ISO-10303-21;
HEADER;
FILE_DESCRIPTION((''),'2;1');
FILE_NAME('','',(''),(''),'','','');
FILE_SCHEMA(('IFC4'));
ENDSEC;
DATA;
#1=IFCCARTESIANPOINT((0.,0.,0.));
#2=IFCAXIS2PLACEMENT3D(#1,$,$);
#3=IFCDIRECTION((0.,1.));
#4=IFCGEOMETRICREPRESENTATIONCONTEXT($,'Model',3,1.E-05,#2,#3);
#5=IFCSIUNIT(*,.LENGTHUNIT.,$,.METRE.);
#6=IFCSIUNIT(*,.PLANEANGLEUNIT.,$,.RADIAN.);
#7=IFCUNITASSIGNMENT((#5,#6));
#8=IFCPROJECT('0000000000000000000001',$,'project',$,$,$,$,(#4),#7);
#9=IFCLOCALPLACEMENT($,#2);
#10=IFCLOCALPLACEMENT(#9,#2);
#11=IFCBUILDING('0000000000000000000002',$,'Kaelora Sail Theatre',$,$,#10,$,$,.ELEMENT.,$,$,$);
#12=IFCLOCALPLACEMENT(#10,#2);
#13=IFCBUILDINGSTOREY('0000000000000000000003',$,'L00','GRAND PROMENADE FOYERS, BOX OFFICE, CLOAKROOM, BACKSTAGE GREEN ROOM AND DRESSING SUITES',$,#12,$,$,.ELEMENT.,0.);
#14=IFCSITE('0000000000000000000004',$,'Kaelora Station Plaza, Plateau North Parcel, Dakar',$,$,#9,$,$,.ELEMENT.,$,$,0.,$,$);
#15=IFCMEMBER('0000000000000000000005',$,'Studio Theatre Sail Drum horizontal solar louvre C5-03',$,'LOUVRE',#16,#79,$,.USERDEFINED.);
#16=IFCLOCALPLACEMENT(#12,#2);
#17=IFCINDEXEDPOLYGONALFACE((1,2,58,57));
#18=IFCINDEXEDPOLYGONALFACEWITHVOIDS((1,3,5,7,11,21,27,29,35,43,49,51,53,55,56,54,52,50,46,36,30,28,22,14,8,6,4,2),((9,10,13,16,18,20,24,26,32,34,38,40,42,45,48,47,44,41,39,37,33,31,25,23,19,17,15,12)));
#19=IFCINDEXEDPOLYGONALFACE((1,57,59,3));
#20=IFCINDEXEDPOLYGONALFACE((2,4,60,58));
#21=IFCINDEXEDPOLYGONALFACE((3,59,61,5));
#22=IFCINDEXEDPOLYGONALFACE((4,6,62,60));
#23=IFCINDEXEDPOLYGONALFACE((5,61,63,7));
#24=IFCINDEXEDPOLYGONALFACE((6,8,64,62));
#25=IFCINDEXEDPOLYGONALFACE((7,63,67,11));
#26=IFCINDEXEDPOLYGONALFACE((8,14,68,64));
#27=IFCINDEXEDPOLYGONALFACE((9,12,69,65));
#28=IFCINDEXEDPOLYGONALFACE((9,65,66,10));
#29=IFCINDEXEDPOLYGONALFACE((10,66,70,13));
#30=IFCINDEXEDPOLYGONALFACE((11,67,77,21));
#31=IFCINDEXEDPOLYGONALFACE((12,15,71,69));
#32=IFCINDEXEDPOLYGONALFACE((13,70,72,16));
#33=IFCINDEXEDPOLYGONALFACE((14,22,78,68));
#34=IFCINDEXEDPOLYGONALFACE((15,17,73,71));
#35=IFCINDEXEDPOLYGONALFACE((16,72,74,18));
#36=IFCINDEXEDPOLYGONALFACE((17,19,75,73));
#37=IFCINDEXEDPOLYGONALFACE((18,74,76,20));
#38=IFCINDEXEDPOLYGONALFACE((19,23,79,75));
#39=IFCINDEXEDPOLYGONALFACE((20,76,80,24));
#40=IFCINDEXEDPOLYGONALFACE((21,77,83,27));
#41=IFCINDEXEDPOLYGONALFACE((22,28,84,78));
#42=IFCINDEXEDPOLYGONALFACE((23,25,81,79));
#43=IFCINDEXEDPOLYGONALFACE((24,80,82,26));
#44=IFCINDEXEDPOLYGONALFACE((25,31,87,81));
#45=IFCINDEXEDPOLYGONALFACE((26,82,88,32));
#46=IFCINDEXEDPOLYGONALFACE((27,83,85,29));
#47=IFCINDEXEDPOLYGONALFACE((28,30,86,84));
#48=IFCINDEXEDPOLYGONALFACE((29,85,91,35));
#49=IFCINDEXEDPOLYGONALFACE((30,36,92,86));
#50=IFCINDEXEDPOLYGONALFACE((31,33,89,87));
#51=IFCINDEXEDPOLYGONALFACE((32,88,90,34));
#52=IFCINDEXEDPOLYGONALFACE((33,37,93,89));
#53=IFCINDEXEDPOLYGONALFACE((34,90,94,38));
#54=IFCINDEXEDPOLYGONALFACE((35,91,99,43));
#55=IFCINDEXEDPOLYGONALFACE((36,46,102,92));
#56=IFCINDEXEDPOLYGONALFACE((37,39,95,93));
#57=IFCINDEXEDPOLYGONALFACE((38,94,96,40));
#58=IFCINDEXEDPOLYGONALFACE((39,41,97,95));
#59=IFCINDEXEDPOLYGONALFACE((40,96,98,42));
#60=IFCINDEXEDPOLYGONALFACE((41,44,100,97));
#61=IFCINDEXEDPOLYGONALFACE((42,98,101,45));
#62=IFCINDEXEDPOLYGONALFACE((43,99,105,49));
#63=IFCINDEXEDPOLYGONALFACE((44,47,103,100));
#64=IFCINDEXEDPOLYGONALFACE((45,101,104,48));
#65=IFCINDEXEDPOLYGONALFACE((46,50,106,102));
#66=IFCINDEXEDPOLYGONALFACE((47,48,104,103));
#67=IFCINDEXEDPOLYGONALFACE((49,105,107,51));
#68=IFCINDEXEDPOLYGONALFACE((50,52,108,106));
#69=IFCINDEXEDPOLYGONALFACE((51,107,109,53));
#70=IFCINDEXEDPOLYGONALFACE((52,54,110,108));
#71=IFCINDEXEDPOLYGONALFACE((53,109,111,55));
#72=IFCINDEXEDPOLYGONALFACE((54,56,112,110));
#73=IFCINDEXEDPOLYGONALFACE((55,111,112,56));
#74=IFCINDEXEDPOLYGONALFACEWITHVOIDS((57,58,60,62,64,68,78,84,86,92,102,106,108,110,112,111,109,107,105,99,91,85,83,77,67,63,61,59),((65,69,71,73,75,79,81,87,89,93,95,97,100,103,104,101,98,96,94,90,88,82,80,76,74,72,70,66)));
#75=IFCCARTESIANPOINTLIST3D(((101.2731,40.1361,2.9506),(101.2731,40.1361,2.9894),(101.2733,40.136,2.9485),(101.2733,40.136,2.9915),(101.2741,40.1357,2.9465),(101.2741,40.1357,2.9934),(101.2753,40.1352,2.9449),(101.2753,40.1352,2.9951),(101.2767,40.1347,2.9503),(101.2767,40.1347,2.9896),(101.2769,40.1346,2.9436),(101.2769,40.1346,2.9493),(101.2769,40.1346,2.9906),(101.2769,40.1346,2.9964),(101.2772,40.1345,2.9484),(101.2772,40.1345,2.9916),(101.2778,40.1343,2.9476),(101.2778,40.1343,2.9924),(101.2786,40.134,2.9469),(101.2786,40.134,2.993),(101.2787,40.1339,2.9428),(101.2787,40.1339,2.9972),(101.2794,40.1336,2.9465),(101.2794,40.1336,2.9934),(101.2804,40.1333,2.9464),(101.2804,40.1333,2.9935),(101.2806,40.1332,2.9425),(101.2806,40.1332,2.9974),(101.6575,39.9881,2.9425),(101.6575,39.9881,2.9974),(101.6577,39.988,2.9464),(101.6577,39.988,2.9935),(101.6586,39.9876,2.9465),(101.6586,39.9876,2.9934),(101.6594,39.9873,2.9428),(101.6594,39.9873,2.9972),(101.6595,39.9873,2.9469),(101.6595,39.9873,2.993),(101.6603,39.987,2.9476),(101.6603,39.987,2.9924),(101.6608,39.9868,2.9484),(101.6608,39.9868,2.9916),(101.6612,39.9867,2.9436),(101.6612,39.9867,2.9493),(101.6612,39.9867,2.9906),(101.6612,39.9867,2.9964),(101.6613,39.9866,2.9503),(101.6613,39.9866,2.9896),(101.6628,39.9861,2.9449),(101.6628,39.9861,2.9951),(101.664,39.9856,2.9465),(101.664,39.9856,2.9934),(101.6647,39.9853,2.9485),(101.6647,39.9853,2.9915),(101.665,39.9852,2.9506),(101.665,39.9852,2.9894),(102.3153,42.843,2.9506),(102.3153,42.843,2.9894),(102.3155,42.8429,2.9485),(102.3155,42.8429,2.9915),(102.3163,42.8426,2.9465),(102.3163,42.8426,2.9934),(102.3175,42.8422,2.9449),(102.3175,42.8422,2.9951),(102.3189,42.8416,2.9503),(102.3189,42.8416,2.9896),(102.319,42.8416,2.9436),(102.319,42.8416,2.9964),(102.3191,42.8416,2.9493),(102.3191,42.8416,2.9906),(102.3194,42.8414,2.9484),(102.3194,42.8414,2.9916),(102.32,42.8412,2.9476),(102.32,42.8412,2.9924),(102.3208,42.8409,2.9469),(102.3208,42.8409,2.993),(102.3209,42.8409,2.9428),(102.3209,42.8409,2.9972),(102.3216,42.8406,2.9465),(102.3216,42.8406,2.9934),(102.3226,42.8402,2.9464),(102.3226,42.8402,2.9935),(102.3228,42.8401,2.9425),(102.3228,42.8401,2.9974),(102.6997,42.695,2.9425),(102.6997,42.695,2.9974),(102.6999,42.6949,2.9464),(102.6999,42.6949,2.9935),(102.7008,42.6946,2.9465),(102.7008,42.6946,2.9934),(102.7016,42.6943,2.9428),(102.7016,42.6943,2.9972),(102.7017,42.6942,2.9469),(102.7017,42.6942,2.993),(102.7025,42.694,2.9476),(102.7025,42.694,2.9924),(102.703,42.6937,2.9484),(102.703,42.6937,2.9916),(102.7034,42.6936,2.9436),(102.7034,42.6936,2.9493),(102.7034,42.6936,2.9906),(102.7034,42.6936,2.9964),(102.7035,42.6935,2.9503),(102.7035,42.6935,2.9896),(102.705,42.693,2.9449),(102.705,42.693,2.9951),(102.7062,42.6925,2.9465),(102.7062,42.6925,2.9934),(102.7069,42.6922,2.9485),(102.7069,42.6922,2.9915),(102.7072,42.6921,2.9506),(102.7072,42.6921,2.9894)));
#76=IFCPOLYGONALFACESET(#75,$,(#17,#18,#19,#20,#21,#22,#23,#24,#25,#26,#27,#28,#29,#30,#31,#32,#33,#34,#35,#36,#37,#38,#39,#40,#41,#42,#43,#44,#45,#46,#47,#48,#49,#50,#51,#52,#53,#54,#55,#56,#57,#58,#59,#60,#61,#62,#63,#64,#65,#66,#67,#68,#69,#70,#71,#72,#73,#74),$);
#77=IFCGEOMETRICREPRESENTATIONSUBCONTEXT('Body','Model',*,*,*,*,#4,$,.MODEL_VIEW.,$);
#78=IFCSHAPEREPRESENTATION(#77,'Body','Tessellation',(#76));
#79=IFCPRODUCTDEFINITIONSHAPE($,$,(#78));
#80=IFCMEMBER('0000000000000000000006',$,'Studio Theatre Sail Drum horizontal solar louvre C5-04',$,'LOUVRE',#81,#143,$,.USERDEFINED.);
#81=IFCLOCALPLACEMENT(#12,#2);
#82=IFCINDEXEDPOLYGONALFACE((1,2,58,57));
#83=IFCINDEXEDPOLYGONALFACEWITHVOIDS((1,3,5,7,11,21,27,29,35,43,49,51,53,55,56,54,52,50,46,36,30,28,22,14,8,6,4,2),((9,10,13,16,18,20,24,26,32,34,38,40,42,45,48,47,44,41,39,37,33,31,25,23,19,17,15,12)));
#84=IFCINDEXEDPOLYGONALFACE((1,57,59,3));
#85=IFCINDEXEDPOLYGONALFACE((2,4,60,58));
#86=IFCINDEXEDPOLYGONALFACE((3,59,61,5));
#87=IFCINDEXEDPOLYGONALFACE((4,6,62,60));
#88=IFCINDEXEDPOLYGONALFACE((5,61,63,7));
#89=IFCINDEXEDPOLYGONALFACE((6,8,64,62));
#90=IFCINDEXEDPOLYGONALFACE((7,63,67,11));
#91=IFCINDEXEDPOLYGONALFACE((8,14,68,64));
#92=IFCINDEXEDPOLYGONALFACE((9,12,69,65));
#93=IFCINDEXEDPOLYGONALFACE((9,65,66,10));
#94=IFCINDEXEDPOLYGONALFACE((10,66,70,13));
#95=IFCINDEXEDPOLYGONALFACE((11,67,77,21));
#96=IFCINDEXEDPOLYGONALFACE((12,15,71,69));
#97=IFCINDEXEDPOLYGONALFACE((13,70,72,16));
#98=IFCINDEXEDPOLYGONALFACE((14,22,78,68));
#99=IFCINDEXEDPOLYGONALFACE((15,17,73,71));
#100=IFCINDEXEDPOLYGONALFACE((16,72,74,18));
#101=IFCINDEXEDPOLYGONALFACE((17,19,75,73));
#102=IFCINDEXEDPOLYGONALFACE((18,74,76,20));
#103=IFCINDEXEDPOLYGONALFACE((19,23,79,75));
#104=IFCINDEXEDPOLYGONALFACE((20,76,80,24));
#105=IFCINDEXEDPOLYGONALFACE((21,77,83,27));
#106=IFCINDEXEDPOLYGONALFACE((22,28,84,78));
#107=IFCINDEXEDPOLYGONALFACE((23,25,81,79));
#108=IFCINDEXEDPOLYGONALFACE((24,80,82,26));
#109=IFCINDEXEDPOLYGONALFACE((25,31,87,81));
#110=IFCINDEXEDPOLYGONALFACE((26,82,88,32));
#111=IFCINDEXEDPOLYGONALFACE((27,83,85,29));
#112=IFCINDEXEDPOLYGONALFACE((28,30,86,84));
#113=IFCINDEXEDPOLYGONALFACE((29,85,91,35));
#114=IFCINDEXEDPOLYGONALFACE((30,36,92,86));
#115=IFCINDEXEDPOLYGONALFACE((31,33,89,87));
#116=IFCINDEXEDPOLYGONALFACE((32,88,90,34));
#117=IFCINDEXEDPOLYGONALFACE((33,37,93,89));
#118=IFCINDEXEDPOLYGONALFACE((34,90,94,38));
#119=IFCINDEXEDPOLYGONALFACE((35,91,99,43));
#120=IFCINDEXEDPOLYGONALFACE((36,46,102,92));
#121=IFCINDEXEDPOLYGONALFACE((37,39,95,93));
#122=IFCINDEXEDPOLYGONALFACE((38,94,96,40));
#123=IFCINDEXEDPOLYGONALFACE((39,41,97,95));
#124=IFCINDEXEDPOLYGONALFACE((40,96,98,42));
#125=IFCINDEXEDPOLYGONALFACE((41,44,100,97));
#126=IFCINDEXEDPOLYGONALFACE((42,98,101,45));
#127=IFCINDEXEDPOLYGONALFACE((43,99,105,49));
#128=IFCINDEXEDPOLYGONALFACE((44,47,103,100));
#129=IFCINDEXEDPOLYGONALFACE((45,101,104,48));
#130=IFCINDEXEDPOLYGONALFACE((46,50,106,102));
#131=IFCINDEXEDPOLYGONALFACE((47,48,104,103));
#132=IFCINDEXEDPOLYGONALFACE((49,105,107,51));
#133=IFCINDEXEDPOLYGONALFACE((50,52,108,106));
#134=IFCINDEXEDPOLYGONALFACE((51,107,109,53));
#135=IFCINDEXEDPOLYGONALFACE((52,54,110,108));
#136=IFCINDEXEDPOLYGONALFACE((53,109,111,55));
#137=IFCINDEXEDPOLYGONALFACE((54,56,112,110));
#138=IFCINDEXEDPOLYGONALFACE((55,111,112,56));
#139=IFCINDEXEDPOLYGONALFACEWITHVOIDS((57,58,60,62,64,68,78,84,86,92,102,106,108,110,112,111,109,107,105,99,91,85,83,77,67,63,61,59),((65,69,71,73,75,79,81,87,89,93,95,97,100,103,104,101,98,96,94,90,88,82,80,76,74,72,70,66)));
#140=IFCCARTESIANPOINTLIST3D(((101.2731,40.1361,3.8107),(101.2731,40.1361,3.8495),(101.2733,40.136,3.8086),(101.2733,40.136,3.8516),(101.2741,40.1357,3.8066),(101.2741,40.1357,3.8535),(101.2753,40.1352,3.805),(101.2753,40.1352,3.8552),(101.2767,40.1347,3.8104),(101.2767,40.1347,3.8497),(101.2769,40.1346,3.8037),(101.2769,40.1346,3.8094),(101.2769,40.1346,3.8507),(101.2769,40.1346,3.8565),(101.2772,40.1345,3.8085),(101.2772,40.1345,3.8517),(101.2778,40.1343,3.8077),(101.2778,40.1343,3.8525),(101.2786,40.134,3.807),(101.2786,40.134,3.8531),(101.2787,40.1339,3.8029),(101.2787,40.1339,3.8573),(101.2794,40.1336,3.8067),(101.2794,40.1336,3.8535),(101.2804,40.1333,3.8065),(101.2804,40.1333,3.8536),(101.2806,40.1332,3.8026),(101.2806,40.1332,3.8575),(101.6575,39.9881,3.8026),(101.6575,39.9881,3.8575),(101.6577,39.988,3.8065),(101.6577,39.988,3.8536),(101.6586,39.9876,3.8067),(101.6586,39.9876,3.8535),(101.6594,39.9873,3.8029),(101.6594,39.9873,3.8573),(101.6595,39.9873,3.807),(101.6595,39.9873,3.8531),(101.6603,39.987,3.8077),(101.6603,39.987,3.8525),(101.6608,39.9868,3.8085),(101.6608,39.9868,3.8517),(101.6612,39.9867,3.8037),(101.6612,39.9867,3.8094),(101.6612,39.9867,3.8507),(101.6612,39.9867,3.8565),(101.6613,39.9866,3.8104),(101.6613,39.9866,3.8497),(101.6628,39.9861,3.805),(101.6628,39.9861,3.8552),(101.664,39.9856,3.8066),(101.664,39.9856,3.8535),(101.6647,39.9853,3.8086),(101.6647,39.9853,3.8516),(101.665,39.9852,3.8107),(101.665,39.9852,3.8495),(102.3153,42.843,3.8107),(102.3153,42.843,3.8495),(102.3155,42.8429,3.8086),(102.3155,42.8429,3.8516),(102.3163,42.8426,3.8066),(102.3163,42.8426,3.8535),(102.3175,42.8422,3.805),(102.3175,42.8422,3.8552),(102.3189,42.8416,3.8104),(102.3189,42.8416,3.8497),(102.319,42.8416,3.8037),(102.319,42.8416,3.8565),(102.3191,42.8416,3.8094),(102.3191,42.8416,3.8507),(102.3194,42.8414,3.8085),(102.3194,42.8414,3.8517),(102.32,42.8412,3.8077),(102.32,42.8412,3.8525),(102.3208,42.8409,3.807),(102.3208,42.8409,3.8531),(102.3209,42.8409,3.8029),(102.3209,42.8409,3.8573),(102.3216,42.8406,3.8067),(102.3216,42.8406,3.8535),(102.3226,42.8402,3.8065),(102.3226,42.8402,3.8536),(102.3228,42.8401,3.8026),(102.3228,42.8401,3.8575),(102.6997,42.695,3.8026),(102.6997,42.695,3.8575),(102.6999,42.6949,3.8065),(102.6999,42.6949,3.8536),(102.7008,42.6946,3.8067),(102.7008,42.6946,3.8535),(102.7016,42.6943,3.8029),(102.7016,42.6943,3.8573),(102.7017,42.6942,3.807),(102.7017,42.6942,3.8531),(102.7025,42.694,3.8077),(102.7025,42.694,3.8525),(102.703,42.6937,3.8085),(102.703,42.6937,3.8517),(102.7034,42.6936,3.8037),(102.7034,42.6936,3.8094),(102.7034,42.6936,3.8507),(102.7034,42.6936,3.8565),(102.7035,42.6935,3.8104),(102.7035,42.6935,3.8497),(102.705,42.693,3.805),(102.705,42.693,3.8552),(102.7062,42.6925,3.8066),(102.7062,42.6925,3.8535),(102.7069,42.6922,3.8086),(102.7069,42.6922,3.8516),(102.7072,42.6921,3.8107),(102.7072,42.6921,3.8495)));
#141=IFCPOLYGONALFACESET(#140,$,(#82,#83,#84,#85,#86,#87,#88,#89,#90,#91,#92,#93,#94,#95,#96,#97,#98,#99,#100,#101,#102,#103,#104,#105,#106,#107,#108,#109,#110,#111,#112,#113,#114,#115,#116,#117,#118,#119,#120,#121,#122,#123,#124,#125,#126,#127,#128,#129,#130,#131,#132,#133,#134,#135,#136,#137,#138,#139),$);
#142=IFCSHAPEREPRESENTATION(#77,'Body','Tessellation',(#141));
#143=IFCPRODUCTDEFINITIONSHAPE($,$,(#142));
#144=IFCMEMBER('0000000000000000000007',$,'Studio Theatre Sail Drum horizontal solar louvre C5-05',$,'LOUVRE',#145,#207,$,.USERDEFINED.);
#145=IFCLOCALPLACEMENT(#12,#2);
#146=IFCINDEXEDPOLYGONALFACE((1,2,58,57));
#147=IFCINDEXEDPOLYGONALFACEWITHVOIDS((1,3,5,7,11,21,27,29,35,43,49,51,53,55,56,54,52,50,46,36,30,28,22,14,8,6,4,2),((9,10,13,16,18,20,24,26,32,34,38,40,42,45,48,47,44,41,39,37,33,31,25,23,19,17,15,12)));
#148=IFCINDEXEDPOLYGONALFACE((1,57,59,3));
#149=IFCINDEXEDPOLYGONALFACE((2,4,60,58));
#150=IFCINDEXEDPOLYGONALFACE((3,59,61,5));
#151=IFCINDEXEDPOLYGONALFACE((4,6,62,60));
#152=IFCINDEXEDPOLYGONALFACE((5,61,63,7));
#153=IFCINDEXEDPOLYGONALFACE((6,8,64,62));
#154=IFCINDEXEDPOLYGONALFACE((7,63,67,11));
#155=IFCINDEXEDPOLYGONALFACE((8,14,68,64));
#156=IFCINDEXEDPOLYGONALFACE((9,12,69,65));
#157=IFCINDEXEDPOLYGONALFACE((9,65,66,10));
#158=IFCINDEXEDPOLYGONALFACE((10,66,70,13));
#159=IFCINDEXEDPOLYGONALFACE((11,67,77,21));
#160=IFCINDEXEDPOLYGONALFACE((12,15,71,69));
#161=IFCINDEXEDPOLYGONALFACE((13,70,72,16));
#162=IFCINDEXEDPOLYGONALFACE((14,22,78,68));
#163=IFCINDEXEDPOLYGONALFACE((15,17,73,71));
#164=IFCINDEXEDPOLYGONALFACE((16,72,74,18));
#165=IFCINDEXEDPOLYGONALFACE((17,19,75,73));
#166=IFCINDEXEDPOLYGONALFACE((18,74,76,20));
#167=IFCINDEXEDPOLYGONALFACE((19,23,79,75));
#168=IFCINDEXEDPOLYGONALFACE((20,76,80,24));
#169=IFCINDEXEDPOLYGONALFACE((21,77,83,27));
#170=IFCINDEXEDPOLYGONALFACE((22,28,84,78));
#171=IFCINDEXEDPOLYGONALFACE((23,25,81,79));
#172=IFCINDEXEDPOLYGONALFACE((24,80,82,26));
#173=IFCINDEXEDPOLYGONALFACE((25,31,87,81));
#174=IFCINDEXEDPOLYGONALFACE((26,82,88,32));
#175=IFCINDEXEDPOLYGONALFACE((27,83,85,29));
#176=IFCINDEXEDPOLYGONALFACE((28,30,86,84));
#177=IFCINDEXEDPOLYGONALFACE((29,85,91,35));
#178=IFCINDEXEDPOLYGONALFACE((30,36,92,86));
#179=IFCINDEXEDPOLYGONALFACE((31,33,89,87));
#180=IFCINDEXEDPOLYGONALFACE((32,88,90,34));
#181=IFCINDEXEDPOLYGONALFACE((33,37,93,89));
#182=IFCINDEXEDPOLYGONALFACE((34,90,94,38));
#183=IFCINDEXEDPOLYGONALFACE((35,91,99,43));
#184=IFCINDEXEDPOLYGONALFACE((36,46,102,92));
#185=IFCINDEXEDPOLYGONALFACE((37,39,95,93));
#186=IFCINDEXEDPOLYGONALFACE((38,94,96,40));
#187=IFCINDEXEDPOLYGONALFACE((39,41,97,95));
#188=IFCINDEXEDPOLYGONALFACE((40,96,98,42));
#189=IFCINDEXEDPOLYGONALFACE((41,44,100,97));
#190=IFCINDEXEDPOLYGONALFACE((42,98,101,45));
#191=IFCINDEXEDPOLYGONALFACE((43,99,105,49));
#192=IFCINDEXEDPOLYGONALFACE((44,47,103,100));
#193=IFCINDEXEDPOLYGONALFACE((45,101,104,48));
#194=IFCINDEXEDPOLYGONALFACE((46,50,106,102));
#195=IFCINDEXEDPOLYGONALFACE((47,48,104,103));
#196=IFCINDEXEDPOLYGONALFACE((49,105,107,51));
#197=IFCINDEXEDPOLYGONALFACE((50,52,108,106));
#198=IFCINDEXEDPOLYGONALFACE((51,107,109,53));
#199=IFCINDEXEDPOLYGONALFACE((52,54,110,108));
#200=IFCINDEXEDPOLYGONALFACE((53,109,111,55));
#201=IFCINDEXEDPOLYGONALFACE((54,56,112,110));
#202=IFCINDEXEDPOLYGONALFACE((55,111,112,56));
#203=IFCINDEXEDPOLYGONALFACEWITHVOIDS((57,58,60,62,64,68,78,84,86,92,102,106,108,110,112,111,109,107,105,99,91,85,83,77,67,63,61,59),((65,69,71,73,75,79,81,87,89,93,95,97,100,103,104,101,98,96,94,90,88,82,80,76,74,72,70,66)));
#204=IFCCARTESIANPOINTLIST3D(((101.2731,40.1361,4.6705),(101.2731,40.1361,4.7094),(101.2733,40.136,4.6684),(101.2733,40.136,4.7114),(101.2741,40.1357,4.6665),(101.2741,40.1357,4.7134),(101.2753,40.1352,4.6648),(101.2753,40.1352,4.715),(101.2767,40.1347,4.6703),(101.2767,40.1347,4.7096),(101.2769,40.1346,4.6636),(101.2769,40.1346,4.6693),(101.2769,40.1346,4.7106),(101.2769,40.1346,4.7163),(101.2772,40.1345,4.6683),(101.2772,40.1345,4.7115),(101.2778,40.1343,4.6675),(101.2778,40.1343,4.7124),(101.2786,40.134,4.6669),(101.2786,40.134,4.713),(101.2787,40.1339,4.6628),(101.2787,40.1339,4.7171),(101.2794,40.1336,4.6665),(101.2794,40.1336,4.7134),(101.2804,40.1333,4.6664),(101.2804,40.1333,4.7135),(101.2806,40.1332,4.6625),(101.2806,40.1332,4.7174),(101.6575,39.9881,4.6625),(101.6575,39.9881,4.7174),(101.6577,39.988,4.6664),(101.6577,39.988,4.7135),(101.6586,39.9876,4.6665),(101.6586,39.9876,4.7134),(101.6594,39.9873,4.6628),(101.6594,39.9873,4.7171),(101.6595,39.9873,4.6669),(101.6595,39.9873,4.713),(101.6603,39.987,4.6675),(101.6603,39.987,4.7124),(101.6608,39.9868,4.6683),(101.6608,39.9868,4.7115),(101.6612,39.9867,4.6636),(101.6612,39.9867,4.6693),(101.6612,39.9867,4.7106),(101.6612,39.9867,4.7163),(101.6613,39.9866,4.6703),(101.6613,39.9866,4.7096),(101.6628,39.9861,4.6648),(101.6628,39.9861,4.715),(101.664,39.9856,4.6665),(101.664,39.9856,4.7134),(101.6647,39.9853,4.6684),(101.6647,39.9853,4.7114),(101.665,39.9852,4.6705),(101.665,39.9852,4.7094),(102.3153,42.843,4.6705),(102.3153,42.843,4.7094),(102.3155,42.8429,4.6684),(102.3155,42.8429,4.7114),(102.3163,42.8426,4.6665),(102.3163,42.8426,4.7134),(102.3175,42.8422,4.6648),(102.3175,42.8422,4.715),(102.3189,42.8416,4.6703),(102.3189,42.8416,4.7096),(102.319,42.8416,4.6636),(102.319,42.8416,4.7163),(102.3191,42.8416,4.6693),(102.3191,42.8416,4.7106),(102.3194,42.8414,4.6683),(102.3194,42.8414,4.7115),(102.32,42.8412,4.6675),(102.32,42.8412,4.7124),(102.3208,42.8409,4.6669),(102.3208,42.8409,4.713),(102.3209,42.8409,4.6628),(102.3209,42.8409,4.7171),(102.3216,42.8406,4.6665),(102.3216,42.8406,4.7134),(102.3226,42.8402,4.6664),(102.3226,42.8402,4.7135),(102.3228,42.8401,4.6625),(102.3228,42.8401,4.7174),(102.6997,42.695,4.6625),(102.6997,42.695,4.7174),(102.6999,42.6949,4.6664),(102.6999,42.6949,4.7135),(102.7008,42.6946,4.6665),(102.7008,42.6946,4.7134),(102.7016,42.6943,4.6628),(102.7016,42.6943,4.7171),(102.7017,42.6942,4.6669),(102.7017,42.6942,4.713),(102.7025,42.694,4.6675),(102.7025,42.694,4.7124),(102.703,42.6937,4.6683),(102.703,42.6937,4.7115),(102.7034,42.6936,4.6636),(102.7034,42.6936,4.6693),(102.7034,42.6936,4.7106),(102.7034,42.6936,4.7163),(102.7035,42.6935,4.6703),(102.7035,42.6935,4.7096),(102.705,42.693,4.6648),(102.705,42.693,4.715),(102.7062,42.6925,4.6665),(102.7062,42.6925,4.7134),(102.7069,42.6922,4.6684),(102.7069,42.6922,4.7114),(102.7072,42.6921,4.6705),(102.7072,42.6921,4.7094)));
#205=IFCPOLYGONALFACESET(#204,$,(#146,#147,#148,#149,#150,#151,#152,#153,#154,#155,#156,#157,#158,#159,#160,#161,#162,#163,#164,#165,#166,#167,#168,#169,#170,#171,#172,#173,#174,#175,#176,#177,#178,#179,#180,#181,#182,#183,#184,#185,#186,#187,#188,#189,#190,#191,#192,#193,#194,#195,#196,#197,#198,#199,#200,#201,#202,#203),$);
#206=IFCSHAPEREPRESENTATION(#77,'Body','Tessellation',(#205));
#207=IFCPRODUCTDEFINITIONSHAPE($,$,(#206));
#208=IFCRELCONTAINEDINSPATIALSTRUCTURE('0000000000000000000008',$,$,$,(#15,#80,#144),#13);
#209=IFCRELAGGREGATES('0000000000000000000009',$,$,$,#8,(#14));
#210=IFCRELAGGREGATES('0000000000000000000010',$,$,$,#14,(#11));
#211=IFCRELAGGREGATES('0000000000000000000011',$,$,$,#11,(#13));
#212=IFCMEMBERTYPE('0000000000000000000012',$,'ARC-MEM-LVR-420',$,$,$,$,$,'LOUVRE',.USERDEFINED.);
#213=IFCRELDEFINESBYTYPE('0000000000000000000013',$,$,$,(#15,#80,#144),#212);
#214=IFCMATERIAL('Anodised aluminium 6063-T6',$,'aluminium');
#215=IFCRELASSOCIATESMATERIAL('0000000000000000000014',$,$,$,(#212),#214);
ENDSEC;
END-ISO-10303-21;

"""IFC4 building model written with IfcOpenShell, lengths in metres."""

from ifc_helpers import new_model, si_unit, direction, frame, origin, origin_2d, place, context, subcontext, project, spatial, hollow_rectangle, extrude, material, material_profile, profile_set, type_object, element, save


model = new_model("IFC4")

# Units and contexts
model_context = context("Model", 3, precision=1e-05, world=origin(), true_north=direction((0.0, 1.0)))
body_context = subcontext(model_context, "Body", "Model", "MODEL_VIEW")
ifc_project = project(units=[si_unit("LENGTHUNIT", "METRE"), si_unit("PLANEANGLEUNIT", "RADIAN")], contexts=[model_context])

# Site, building, storey
site_placement = place(None, origin())
site = spatial("IfcSite", under=ifc_project, at=site_placement, Name="Kaelora Station Plaza, Plateau North Parcel, Dakar", CompositionType="ELEMENT", RefElevation=0.0)
building_placement = place(site_placement, origin())
building = spatial("IfcBuilding", under=site, at=building_placement, Name="Kaelora Sail Theatre", CompositionType="ELEMENT")
storey_placement = place(building_placement, origin())
storey = spatial("IfcBuildingStorey", under=building, at=storey_placement, Name="L00", Description="GRAND PROMENADE FOYERS, BOX OFFICE, CLOAKROOM, BACKSTAGE GREEN ROOM AND DRESSING SUITES", CompositionType="ELEMENT", Elevation=0.0)

# Members
ifc_material_1 = material(Name="Anodised aluminium 6063-T6", Category="aluminium")
ifc_material_profile_1 = material_profile(ifc_material_1, hollow_rectangle(XDim=0.4199, YDim=0.0549, WallThickness=0.0039, InnerFilletRadius=0.0039, OuterFilletRadius=0.0081, at=origin_2d()), Name="LOUVRE 420x55x4")
ifc_profile_set_1 = profile_set([ifc_material_profile_1], Name="Anodised aluminium 6063-T6")
member_type_1 = type_object("IfcMemberType", Name="ARC-MEM-LVR-420", ElementType="LOUVRE", PredefinedType="USERDEFINED", material=ifc_profile_set_1)
for number, where, z_axis, x_axis, name in (
    (1, (102.5112, 42.7676, 2.97), (-0.359301, -0.933222, 0.0), (0.933222, -0.359301, 0.0), "Studio Theatre Sail Drum horizontal solar louvre C5-03"),
    (2, (102.5112, 42.7676, 3.8301), (-0.359301, -0.933222, 0.0), (0.933222, -0.359301, 0.0), "Studio Theatre Sail Drum horizontal solar louvre C5-04"),
    (3, (102.5112, 42.7676, 4.6899), (-0.359301, -0.933222, 0.0), (0.933222, -0.359301, 0.0), "Studio Theatre Sail Drum horizontal solar louvre C5-05"),
):
    element("IfcMember", number, at=place(storey_placement, frame(where, z_axis=z_axis, x_axis=x_axis)), inside=storey, type_object=member_type_1, Name=name, ObjectType="LOUVRE", PredefinedType="USERDEFINED", context=body_context, shape_type="SweptSolid", body=[
        extrude(hollow_rectangle(XDim=0.4199, YDim=0.0549, WallThickness=0.0039, InnerFilletRadius=0.0039, OuterFilletRadius=0.0081, at=origin_2d()), origin(), (0.0, 0.0, 1.0), 2.9006),
    ])

save(model, "model.ifc")
